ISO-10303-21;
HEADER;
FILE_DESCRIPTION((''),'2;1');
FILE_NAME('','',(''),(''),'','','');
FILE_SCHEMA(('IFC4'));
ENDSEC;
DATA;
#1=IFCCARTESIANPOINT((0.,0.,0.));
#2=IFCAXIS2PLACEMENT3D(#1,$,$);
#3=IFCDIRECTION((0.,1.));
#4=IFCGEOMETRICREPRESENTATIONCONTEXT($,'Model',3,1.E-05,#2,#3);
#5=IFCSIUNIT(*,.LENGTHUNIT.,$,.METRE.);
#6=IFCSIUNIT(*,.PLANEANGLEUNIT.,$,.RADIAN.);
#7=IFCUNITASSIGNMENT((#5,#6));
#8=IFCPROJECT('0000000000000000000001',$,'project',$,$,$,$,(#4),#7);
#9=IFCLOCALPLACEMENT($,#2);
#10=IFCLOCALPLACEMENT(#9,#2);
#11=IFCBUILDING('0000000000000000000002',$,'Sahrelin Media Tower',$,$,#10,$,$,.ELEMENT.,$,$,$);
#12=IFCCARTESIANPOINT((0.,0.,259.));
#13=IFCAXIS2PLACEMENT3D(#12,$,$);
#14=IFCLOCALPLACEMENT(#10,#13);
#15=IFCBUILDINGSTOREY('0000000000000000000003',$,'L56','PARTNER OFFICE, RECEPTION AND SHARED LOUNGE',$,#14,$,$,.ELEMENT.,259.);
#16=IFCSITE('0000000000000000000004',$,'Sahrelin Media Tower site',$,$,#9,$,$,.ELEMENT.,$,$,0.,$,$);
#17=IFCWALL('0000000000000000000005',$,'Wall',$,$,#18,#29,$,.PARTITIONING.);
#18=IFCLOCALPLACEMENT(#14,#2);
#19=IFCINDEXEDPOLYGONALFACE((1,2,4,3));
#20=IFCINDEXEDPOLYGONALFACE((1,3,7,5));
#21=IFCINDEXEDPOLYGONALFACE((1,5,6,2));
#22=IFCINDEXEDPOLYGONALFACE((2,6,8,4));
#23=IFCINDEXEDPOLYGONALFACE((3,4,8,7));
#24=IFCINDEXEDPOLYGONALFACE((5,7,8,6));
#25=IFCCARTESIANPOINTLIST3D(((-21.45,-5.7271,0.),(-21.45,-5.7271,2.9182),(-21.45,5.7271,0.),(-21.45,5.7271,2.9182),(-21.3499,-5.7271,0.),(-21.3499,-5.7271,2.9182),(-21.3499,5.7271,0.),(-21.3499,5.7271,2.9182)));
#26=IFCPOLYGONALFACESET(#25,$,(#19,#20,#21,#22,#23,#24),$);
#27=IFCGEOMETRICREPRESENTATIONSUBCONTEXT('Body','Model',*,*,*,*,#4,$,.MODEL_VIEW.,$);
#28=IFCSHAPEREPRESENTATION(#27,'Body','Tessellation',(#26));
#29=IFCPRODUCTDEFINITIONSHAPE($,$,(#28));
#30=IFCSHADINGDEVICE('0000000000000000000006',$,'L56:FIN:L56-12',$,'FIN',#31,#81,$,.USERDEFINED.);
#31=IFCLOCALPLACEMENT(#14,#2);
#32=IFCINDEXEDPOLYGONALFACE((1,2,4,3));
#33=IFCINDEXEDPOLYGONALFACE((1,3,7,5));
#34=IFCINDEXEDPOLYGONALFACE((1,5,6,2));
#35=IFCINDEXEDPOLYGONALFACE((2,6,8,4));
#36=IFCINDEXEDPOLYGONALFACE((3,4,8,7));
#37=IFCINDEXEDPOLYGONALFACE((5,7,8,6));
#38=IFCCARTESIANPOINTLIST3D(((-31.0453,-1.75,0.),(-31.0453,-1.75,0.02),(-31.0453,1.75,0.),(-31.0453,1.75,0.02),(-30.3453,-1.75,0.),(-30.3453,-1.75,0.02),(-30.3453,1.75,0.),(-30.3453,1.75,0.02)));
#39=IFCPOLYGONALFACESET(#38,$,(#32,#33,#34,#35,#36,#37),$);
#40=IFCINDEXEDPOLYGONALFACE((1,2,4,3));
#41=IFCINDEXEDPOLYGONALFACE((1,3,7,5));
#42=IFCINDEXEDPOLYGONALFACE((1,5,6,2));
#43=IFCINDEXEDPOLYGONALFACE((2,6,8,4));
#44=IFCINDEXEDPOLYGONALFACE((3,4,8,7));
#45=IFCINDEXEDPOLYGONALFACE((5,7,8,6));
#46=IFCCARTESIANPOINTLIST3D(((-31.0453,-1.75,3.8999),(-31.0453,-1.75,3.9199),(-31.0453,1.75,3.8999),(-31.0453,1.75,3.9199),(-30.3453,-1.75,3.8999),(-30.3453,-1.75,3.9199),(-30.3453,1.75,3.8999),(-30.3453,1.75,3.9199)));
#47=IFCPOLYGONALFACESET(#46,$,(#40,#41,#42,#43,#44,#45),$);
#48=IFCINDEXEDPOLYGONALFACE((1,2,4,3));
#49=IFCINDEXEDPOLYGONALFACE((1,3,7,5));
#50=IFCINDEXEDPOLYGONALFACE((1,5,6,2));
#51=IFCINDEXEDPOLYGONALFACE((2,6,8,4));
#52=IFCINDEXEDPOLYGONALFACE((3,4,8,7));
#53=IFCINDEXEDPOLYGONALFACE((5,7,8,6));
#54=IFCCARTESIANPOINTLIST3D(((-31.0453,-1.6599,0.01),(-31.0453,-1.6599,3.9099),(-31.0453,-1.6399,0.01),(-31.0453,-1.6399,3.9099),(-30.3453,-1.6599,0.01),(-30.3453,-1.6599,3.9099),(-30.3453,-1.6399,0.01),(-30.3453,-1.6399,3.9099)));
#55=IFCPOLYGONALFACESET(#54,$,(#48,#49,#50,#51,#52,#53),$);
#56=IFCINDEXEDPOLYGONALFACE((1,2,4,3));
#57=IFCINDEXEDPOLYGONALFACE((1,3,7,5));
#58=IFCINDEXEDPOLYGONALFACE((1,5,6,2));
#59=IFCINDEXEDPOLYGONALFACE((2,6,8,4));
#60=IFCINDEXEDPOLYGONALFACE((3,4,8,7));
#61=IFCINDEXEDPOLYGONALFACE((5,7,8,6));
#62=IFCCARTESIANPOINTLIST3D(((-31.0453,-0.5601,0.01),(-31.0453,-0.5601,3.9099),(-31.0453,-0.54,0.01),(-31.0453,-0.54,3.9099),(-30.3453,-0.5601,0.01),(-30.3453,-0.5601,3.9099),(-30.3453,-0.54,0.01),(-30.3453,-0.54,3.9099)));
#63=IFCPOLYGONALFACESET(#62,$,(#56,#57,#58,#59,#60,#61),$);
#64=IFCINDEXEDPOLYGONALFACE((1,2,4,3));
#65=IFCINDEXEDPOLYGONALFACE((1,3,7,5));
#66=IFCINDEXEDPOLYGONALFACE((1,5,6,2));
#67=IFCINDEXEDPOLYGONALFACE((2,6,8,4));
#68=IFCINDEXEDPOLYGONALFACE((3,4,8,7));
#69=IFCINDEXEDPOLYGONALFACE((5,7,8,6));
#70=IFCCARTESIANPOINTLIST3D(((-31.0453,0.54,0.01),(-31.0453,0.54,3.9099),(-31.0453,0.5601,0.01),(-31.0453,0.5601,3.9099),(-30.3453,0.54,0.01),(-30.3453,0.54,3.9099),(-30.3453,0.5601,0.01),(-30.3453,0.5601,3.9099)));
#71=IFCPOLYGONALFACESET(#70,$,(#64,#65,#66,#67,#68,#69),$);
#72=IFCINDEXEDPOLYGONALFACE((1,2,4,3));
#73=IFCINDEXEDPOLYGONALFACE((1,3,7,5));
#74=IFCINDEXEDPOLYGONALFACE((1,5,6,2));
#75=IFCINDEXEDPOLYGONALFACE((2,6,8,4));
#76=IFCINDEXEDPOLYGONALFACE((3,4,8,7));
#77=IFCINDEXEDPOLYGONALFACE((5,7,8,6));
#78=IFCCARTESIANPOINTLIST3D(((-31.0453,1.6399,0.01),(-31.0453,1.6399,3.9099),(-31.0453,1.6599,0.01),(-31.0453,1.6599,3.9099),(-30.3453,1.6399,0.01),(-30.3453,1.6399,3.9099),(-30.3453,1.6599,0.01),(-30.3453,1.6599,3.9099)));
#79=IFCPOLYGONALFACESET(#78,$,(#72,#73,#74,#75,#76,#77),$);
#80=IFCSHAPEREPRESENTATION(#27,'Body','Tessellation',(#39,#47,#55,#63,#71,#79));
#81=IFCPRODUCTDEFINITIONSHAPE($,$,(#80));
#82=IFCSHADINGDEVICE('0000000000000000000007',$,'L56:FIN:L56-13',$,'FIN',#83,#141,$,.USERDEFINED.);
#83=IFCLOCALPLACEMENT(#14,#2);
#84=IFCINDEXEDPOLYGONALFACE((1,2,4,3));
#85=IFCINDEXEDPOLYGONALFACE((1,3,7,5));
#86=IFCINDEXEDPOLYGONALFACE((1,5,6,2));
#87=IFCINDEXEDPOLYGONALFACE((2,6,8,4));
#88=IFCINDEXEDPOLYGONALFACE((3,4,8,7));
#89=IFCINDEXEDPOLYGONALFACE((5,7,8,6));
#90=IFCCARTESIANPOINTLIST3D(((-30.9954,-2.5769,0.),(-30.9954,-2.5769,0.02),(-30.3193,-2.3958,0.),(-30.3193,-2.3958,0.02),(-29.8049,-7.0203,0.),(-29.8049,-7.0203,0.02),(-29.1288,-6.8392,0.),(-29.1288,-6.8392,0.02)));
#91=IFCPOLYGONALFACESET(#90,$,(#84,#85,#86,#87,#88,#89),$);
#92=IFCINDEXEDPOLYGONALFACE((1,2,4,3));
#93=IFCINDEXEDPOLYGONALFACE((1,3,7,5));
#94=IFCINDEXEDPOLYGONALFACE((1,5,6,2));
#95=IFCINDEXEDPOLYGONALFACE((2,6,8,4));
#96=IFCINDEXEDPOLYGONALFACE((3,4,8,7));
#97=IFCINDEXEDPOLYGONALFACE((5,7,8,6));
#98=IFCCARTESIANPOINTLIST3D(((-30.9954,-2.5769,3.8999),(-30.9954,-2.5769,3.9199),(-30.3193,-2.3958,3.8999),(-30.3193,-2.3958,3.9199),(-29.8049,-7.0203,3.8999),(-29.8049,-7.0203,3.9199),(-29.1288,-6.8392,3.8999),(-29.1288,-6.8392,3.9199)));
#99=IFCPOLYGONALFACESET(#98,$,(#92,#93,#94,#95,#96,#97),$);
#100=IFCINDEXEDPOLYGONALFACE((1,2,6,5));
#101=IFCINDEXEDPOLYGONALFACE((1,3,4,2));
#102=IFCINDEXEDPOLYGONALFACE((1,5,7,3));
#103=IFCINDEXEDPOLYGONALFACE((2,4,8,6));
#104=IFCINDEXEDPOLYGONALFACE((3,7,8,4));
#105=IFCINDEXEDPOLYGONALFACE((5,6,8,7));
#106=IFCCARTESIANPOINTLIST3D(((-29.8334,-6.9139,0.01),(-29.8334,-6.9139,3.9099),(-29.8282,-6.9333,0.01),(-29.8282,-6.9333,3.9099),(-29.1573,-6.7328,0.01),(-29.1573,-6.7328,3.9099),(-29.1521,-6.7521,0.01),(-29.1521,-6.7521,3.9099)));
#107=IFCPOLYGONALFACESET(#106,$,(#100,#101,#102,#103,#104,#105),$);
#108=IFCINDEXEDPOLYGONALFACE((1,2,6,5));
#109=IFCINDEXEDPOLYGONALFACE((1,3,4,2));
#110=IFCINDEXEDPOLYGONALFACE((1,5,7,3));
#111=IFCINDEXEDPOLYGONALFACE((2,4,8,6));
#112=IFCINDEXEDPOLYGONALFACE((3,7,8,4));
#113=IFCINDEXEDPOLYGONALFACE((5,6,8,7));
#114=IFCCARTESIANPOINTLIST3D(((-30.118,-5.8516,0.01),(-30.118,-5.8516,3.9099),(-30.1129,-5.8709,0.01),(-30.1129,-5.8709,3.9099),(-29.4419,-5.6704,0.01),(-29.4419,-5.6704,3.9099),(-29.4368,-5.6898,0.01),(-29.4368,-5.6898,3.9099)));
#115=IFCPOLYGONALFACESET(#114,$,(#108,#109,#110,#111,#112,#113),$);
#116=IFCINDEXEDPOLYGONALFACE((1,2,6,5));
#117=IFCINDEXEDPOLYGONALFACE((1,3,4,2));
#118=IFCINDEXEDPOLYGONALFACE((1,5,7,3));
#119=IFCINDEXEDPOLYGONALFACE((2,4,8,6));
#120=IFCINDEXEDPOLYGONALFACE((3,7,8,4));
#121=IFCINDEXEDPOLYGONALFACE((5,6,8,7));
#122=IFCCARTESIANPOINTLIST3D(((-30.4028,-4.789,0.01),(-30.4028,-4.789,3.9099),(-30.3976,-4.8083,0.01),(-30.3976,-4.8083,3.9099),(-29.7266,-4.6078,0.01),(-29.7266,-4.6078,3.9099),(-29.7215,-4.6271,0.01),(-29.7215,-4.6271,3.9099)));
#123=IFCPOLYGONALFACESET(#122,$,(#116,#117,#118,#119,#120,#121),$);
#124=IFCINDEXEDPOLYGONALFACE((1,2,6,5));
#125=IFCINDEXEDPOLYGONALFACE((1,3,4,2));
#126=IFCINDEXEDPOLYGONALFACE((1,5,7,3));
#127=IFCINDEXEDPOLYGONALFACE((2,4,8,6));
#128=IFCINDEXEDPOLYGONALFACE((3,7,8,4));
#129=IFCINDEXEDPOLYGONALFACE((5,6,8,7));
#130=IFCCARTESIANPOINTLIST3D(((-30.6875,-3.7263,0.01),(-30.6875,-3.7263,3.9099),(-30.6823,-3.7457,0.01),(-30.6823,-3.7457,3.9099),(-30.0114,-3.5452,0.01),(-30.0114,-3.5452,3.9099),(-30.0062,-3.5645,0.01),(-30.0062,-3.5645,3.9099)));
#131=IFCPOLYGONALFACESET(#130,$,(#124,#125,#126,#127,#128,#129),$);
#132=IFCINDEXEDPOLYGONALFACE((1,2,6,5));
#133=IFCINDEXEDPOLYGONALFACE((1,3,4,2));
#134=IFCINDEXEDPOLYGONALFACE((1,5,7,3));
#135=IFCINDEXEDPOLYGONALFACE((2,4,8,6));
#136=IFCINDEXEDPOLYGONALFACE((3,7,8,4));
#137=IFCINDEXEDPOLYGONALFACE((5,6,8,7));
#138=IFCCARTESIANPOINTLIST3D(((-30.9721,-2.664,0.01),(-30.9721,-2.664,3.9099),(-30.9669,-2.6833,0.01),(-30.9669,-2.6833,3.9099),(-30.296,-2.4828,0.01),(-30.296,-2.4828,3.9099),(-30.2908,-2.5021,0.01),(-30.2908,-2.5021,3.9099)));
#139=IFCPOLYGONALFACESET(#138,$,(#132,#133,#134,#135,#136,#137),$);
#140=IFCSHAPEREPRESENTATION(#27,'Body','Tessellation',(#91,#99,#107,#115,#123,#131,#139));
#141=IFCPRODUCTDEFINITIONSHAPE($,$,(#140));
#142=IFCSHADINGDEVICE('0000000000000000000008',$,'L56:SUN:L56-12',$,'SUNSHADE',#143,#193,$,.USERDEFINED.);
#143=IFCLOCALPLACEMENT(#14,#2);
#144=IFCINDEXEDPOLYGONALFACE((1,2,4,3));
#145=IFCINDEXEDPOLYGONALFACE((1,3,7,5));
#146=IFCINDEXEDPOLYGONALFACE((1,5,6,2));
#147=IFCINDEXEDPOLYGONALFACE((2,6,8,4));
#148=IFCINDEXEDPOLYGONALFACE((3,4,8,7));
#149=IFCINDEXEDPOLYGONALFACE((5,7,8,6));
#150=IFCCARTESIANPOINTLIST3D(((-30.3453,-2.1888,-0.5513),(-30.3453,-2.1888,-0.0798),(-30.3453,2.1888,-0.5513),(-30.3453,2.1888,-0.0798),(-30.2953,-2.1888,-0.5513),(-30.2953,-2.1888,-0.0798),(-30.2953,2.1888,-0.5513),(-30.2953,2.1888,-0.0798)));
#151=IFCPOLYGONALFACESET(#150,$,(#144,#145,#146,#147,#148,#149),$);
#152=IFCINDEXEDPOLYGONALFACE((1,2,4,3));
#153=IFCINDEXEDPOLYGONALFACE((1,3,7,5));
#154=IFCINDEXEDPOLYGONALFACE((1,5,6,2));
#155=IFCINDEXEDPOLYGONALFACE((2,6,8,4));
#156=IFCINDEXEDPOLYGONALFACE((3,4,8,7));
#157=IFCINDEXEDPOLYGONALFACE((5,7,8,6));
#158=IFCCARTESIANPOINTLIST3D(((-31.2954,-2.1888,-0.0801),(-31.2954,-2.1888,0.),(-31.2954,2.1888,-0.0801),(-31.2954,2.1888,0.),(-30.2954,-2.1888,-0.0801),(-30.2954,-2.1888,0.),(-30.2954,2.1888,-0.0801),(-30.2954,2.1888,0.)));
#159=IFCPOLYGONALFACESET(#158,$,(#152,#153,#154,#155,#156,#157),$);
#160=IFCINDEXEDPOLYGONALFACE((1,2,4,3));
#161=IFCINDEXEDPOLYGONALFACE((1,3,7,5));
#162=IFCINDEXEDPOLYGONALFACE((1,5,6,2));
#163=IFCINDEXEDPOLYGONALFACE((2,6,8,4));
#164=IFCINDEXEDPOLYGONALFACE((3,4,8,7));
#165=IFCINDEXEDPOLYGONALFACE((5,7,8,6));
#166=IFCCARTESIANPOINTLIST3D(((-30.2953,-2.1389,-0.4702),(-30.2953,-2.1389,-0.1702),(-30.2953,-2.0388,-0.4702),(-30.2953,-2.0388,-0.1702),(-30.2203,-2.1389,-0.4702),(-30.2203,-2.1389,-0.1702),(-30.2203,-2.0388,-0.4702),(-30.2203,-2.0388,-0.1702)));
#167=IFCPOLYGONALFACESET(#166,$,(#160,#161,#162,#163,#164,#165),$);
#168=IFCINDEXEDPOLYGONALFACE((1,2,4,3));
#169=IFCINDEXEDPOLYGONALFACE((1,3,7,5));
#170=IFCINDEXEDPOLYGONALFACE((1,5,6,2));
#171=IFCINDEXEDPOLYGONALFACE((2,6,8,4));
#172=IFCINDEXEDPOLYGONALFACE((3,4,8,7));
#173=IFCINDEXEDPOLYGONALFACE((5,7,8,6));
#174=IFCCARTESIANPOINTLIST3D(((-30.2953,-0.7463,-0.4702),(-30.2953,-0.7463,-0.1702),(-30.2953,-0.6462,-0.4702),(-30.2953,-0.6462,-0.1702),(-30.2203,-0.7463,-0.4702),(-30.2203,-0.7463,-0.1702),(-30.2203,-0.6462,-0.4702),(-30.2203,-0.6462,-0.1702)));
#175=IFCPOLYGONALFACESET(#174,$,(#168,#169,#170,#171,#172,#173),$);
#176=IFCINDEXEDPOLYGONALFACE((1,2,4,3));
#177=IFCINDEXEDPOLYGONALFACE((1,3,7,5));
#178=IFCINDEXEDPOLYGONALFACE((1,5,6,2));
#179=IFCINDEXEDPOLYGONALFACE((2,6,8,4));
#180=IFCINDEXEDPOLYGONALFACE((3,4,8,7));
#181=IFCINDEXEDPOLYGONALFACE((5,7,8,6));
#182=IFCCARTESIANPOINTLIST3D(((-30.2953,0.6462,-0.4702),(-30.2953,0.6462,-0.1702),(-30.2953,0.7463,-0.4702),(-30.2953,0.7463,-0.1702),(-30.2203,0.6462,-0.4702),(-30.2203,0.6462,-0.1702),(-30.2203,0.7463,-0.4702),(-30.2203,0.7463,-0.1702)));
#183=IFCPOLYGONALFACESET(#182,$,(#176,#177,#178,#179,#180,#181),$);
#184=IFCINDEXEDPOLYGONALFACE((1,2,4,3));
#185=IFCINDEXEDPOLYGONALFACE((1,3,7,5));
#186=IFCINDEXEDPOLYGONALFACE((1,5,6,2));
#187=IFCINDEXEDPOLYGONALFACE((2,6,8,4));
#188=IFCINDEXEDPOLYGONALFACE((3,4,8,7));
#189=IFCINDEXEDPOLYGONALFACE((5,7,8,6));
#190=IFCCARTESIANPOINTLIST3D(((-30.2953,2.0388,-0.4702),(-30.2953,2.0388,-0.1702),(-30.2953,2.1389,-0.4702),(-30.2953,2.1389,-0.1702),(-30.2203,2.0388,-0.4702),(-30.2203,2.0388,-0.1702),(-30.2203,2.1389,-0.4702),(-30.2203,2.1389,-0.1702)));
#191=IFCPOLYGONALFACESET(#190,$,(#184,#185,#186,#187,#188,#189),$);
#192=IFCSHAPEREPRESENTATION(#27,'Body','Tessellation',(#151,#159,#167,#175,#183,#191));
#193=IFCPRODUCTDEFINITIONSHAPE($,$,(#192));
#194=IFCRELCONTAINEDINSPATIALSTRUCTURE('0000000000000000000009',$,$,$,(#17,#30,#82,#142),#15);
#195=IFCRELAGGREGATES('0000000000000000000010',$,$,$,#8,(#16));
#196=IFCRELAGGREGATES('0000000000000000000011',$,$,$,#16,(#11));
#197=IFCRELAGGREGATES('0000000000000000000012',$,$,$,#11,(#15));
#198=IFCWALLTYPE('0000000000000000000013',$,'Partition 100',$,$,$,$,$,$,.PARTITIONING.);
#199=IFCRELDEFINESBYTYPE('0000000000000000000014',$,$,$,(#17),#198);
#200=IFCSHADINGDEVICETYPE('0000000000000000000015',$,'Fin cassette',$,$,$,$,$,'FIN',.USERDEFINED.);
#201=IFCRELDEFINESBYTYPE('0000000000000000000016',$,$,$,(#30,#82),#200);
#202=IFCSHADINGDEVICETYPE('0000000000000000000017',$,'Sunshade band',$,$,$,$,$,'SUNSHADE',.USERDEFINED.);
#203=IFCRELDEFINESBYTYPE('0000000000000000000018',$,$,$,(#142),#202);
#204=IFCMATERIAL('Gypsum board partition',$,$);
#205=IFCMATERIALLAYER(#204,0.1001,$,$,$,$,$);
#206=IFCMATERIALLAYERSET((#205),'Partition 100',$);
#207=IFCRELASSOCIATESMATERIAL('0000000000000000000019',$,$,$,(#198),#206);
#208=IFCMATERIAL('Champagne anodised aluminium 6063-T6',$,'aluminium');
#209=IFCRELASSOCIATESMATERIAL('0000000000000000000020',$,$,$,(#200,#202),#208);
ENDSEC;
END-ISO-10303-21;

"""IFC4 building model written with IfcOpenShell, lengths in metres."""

from ifc_helpers import new_model, si_unit, direction, frame, frame_2d, origin, origin_2d, place, context, subcontext, project, spatial, rectangle, extrude, material, layer, layer_set, type_object, element, save


model = new_model("IFC4")

# Units and contexts
model_context = context("Model", 3, precision=1e-05, world=origin(), true_north=direction((0.0, 1.0)))
body_context = subcontext(model_context, "Body", "Model", "MODEL_VIEW")
ifc_project = project(units=[si_unit("LENGTHUNIT", "METRE"), si_unit("PLANEANGLEUNIT", "RADIAN")], contexts=[model_context])

# Site, building, storey
site_placement = place(None, origin())
site = spatial("IfcSite", under=ifc_project, at=site_placement, Name="Sahrelin Media Tower site", CompositionType="ELEMENT", RefElevation=0.0)
building_placement = place(site_placement, origin())
building = spatial("IfcBuilding", under=site, at=building_placement, Name="Sahrelin Media Tower", CompositionType="ELEMENT")
storey_placement = place(building_placement, frame((0.0, 0.0, 259.0)))
storey = spatial("IfcBuildingStorey", under=building, at=storey_placement, Name="L56", Description="PARTNER OFFICE, RECEPTION AND SHARED LOUNGE", CompositionType="ELEMENT", Elevation=259.0)

# Shared definitions
ifc_material_1 = material(Name="Champagne anodised aluminium 6063-T6", Category="aluminium")

# Shared definitions
ifc_material_2 = material(Name="Gypsum board partition")
ifc_layer_1 = layer(ifc_material_2, 0.1001)
ifc_layer_set_1 = layer_set([ifc_layer_1], Name="Partition 100")
wall_type_1 = type_object("IfcWallType", Name="Partition 100", PredefinedType="PARTITIONING", material=ifc_layer_set_1)

# Wall
wall_1_placement = place(storey_placement, frame((-21.3999, -5.7271, 0.0), z_axis=(0.0, 0.0, 1.0), x_axis=(0.0, 1.0, 0.0)))
element("IfcWall", 1, at=wall_1_placement, inside=storey, type_object=wall_type_1, Name="Wall", PredefinedType="PARTITIONING", context=body_context, shape_type="SweptSolid", body=[
    extrude(rectangle(XDim=11.4541, YDim=0.1001, at=frame_2d((5.7271, 0.0))), origin(), (0.0, 0.0, 1.0), 2.9182),
])

# Shading devices
shading_device_type_1 = type_object("IfcShadingDeviceType", Name="Fin cassette", ElementType="FIN", PredefinedType="USERDEFINED", material=ifc_material_1)
placement_1 = place(storey_placement, frame((-30.2754, 0.0, 0.0), z_axis=(0.0, 0.0, 1.0), x_axis=(0.0, 1.0, 0.0)))
element("IfcShadingDevice", 2, at=placement_1, inside=storey, type_object=shading_device_type_1, Name="L56:FIN:L56-12", ObjectType="FIN", PredefinedType="USERDEFINED", context=body_context, shape_type="SweptSolid", body=[
    extrude(rectangle(XDim=3.5, YDim=0.7, at=origin_2d()), frame((0.0, 0.4199, 0.0)), (0.0, 0.0, 1.0), 0.02),
    extrude(rectangle(XDim=3.5, YDim=0.7, at=origin_2d()), frame((0.0, 0.4199, 3.8999)), (0.0, 0.0, 1.0), 0.02),
    extrude(rectangle(XDim=0.02, YDim=0.7, at=origin_2d()), frame((-1.6499, 0.4199, 0.01), z_axis=(0.0, 0.0, 1.0), x_axis=(1.0, 0.0, 0.0)), (0.0, 0.0, 1.0), 3.8999),
    extrude(rectangle(XDim=0.02, YDim=0.7, at=origin_2d()), frame((-0.55, 0.4199, 0.01), z_axis=(0.0, 0.0, 1.0), x_axis=(1.0, 0.0, 0.0)), (0.0, 0.0, 1.0), 3.8999),
    extrude(rectangle(XDim=0.02, YDim=0.7, at=origin_2d()), frame((0.55, 0.4199, 0.01), z_axis=(0.0, 0.0, 1.0), x_axis=(1.0, 0.0, 0.0)), (0.0, 0.0, 1.0), 3.8999),
    extrude(rectangle(XDim=0.02, YDim=0.7, at=origin_2d()), frame((1.6499, 0.4199, 0.01), z_axis=(0.0, 0.0, 1.0), x_axis=(1.0, 0.0, 0.0)), (0.0, 0.0, 1.0), 3.8999),
])
placement_2 = place(storey_placement, frame((-29.6565, -4.5994, 0.0), z_axis=(0.0, 0.0, 1.0), x_axis=(-0.258808, 0.965929, 0.0)))
element("IfcShadingDevice", 3, at=placement_2, inside=storey, type_object=shading_device_type_1, Name="L56:FIN:L56-13", ObjectType="FIN", PredefinedType="USERDEFINED", context=body_context, shape_type="SweptSolid", body=[
    extrude(rectangle(XDim=4.6001, YDim=0.7, at=origin_2d()), frame((0.0, 0.4199, 0.0)), (0.0, 0.0, 1.0), 0.02),
    extrude(rectangle(XDim=4.6001, YDim=0.7, at=origin_2d()), frame((0.0, 0.4199, 3.8999)), (0.0, 0.0, 1.0), 0.02),
    extrude(rectangle(XDim=0.02, YDim=0.7, at=origin_2d()), frame((-2.2, 0.4199, 0.01), z_axis=(0.0, 0.0, 1.0), x_axis=(1.0, 0.0, 0.0)), (0.0, 0.0, 1.0), 3.8999),
    extrude(rectangle(XDim=0.02, YDim=0.7, at=origin_2d()), frame((-1.1001, 0.4199, 0.01), z_axis=(0.0, 0.0, 1.0), x_axis=(1.0, 0.0, 0.0)), (0.0, 0.0, 1.0), 3.8999),
    extrude(rectangle(XDim=0.02, YDim=0.7, at=origin_2d()), frame((0.0, 0.4199, 0.01), z_axis=(0.0, 0.0, 1.0), x_axis=(1.0, 0.0, 0.0)), (0.0, 0.0, 1.0), 3.8999),
    extrude(rectangle(XDim=0.02, YDim=0.7, at=origin_2d()), frame((1.1001, 0.4199, 0.01), z_axis=(0.0, 0.0, 1.0), x_axis=(1.0, 0.0, 0.0)), (0.0, 0.0, 1.0), 3.8999),
    extrude(rectangle(XDim=0.02, YDim=0.7, at=origin_2d()), frame((2.2, 0.4199, 0.01), z_axis=(0.0, 0.0, 1.0), x_axis=(1.0, 0.0, 0.0)), (0.0, 0.0, 1.0), 3.8999),
])
shading_device_type_2 = type_object("IfcShadingDeviceType", Name="Sunshade band", ElementType="SUNSHADE", PredefinedType="USERDEFINED", material=ifc_material_1)
element("IfcShadingDevice", 4, at=placement_1, inside=storey, type_object=shading_device_type_2, Name="L56:SUN:L56-12", ObjectType="SUNSHADE", PredefinedType="USERDEFINED", context=body_context, shape_type="SweptSolid", body=[
    extrude(rectangle(XDim=4.3777, YDim=0.05, at=origin_2d()), frame((0.0, 0.0449, -0.5513)), (0.0, 0.0, 1.0), 0.4714),
    extrude(rectangle(XDim=4.3777, YDim=1.0, at=origin_2d()), frame((0.0, 0.52, -0.0801)), (0.0, 0.0, 1.0), 0.0801),
    extrude(rectangle(XDim=0.1001, YDim=0.075, at=origin_2d()), frame((-2.0889, -0.0176, -0.4702)), (0.0, 0.0, 1.0), 0.3),
    extrude(rectangle(XDim=0.1001, YDim=0.075, at=origin_2d()), frame((-0.6963, -0.0176, -0.4702)), (0.0, 0.0, 1.0), 0.3),
    extrude(rectangle(XDim=0.1001, YDim=0.075, at=origin_2d()), frame((0.6963, -0.0176, -0.4702)), (0.0, 0.0, 1.0), 0.3),
    extrude(rectangle(XDim=0.1001, YDim=0.075, at=origin_2d()), frame((2.0889, -0.0176, -0.4702)), (0.0, 0.0, 1.0), 0.3),
])

save(model, "model.ifc")
